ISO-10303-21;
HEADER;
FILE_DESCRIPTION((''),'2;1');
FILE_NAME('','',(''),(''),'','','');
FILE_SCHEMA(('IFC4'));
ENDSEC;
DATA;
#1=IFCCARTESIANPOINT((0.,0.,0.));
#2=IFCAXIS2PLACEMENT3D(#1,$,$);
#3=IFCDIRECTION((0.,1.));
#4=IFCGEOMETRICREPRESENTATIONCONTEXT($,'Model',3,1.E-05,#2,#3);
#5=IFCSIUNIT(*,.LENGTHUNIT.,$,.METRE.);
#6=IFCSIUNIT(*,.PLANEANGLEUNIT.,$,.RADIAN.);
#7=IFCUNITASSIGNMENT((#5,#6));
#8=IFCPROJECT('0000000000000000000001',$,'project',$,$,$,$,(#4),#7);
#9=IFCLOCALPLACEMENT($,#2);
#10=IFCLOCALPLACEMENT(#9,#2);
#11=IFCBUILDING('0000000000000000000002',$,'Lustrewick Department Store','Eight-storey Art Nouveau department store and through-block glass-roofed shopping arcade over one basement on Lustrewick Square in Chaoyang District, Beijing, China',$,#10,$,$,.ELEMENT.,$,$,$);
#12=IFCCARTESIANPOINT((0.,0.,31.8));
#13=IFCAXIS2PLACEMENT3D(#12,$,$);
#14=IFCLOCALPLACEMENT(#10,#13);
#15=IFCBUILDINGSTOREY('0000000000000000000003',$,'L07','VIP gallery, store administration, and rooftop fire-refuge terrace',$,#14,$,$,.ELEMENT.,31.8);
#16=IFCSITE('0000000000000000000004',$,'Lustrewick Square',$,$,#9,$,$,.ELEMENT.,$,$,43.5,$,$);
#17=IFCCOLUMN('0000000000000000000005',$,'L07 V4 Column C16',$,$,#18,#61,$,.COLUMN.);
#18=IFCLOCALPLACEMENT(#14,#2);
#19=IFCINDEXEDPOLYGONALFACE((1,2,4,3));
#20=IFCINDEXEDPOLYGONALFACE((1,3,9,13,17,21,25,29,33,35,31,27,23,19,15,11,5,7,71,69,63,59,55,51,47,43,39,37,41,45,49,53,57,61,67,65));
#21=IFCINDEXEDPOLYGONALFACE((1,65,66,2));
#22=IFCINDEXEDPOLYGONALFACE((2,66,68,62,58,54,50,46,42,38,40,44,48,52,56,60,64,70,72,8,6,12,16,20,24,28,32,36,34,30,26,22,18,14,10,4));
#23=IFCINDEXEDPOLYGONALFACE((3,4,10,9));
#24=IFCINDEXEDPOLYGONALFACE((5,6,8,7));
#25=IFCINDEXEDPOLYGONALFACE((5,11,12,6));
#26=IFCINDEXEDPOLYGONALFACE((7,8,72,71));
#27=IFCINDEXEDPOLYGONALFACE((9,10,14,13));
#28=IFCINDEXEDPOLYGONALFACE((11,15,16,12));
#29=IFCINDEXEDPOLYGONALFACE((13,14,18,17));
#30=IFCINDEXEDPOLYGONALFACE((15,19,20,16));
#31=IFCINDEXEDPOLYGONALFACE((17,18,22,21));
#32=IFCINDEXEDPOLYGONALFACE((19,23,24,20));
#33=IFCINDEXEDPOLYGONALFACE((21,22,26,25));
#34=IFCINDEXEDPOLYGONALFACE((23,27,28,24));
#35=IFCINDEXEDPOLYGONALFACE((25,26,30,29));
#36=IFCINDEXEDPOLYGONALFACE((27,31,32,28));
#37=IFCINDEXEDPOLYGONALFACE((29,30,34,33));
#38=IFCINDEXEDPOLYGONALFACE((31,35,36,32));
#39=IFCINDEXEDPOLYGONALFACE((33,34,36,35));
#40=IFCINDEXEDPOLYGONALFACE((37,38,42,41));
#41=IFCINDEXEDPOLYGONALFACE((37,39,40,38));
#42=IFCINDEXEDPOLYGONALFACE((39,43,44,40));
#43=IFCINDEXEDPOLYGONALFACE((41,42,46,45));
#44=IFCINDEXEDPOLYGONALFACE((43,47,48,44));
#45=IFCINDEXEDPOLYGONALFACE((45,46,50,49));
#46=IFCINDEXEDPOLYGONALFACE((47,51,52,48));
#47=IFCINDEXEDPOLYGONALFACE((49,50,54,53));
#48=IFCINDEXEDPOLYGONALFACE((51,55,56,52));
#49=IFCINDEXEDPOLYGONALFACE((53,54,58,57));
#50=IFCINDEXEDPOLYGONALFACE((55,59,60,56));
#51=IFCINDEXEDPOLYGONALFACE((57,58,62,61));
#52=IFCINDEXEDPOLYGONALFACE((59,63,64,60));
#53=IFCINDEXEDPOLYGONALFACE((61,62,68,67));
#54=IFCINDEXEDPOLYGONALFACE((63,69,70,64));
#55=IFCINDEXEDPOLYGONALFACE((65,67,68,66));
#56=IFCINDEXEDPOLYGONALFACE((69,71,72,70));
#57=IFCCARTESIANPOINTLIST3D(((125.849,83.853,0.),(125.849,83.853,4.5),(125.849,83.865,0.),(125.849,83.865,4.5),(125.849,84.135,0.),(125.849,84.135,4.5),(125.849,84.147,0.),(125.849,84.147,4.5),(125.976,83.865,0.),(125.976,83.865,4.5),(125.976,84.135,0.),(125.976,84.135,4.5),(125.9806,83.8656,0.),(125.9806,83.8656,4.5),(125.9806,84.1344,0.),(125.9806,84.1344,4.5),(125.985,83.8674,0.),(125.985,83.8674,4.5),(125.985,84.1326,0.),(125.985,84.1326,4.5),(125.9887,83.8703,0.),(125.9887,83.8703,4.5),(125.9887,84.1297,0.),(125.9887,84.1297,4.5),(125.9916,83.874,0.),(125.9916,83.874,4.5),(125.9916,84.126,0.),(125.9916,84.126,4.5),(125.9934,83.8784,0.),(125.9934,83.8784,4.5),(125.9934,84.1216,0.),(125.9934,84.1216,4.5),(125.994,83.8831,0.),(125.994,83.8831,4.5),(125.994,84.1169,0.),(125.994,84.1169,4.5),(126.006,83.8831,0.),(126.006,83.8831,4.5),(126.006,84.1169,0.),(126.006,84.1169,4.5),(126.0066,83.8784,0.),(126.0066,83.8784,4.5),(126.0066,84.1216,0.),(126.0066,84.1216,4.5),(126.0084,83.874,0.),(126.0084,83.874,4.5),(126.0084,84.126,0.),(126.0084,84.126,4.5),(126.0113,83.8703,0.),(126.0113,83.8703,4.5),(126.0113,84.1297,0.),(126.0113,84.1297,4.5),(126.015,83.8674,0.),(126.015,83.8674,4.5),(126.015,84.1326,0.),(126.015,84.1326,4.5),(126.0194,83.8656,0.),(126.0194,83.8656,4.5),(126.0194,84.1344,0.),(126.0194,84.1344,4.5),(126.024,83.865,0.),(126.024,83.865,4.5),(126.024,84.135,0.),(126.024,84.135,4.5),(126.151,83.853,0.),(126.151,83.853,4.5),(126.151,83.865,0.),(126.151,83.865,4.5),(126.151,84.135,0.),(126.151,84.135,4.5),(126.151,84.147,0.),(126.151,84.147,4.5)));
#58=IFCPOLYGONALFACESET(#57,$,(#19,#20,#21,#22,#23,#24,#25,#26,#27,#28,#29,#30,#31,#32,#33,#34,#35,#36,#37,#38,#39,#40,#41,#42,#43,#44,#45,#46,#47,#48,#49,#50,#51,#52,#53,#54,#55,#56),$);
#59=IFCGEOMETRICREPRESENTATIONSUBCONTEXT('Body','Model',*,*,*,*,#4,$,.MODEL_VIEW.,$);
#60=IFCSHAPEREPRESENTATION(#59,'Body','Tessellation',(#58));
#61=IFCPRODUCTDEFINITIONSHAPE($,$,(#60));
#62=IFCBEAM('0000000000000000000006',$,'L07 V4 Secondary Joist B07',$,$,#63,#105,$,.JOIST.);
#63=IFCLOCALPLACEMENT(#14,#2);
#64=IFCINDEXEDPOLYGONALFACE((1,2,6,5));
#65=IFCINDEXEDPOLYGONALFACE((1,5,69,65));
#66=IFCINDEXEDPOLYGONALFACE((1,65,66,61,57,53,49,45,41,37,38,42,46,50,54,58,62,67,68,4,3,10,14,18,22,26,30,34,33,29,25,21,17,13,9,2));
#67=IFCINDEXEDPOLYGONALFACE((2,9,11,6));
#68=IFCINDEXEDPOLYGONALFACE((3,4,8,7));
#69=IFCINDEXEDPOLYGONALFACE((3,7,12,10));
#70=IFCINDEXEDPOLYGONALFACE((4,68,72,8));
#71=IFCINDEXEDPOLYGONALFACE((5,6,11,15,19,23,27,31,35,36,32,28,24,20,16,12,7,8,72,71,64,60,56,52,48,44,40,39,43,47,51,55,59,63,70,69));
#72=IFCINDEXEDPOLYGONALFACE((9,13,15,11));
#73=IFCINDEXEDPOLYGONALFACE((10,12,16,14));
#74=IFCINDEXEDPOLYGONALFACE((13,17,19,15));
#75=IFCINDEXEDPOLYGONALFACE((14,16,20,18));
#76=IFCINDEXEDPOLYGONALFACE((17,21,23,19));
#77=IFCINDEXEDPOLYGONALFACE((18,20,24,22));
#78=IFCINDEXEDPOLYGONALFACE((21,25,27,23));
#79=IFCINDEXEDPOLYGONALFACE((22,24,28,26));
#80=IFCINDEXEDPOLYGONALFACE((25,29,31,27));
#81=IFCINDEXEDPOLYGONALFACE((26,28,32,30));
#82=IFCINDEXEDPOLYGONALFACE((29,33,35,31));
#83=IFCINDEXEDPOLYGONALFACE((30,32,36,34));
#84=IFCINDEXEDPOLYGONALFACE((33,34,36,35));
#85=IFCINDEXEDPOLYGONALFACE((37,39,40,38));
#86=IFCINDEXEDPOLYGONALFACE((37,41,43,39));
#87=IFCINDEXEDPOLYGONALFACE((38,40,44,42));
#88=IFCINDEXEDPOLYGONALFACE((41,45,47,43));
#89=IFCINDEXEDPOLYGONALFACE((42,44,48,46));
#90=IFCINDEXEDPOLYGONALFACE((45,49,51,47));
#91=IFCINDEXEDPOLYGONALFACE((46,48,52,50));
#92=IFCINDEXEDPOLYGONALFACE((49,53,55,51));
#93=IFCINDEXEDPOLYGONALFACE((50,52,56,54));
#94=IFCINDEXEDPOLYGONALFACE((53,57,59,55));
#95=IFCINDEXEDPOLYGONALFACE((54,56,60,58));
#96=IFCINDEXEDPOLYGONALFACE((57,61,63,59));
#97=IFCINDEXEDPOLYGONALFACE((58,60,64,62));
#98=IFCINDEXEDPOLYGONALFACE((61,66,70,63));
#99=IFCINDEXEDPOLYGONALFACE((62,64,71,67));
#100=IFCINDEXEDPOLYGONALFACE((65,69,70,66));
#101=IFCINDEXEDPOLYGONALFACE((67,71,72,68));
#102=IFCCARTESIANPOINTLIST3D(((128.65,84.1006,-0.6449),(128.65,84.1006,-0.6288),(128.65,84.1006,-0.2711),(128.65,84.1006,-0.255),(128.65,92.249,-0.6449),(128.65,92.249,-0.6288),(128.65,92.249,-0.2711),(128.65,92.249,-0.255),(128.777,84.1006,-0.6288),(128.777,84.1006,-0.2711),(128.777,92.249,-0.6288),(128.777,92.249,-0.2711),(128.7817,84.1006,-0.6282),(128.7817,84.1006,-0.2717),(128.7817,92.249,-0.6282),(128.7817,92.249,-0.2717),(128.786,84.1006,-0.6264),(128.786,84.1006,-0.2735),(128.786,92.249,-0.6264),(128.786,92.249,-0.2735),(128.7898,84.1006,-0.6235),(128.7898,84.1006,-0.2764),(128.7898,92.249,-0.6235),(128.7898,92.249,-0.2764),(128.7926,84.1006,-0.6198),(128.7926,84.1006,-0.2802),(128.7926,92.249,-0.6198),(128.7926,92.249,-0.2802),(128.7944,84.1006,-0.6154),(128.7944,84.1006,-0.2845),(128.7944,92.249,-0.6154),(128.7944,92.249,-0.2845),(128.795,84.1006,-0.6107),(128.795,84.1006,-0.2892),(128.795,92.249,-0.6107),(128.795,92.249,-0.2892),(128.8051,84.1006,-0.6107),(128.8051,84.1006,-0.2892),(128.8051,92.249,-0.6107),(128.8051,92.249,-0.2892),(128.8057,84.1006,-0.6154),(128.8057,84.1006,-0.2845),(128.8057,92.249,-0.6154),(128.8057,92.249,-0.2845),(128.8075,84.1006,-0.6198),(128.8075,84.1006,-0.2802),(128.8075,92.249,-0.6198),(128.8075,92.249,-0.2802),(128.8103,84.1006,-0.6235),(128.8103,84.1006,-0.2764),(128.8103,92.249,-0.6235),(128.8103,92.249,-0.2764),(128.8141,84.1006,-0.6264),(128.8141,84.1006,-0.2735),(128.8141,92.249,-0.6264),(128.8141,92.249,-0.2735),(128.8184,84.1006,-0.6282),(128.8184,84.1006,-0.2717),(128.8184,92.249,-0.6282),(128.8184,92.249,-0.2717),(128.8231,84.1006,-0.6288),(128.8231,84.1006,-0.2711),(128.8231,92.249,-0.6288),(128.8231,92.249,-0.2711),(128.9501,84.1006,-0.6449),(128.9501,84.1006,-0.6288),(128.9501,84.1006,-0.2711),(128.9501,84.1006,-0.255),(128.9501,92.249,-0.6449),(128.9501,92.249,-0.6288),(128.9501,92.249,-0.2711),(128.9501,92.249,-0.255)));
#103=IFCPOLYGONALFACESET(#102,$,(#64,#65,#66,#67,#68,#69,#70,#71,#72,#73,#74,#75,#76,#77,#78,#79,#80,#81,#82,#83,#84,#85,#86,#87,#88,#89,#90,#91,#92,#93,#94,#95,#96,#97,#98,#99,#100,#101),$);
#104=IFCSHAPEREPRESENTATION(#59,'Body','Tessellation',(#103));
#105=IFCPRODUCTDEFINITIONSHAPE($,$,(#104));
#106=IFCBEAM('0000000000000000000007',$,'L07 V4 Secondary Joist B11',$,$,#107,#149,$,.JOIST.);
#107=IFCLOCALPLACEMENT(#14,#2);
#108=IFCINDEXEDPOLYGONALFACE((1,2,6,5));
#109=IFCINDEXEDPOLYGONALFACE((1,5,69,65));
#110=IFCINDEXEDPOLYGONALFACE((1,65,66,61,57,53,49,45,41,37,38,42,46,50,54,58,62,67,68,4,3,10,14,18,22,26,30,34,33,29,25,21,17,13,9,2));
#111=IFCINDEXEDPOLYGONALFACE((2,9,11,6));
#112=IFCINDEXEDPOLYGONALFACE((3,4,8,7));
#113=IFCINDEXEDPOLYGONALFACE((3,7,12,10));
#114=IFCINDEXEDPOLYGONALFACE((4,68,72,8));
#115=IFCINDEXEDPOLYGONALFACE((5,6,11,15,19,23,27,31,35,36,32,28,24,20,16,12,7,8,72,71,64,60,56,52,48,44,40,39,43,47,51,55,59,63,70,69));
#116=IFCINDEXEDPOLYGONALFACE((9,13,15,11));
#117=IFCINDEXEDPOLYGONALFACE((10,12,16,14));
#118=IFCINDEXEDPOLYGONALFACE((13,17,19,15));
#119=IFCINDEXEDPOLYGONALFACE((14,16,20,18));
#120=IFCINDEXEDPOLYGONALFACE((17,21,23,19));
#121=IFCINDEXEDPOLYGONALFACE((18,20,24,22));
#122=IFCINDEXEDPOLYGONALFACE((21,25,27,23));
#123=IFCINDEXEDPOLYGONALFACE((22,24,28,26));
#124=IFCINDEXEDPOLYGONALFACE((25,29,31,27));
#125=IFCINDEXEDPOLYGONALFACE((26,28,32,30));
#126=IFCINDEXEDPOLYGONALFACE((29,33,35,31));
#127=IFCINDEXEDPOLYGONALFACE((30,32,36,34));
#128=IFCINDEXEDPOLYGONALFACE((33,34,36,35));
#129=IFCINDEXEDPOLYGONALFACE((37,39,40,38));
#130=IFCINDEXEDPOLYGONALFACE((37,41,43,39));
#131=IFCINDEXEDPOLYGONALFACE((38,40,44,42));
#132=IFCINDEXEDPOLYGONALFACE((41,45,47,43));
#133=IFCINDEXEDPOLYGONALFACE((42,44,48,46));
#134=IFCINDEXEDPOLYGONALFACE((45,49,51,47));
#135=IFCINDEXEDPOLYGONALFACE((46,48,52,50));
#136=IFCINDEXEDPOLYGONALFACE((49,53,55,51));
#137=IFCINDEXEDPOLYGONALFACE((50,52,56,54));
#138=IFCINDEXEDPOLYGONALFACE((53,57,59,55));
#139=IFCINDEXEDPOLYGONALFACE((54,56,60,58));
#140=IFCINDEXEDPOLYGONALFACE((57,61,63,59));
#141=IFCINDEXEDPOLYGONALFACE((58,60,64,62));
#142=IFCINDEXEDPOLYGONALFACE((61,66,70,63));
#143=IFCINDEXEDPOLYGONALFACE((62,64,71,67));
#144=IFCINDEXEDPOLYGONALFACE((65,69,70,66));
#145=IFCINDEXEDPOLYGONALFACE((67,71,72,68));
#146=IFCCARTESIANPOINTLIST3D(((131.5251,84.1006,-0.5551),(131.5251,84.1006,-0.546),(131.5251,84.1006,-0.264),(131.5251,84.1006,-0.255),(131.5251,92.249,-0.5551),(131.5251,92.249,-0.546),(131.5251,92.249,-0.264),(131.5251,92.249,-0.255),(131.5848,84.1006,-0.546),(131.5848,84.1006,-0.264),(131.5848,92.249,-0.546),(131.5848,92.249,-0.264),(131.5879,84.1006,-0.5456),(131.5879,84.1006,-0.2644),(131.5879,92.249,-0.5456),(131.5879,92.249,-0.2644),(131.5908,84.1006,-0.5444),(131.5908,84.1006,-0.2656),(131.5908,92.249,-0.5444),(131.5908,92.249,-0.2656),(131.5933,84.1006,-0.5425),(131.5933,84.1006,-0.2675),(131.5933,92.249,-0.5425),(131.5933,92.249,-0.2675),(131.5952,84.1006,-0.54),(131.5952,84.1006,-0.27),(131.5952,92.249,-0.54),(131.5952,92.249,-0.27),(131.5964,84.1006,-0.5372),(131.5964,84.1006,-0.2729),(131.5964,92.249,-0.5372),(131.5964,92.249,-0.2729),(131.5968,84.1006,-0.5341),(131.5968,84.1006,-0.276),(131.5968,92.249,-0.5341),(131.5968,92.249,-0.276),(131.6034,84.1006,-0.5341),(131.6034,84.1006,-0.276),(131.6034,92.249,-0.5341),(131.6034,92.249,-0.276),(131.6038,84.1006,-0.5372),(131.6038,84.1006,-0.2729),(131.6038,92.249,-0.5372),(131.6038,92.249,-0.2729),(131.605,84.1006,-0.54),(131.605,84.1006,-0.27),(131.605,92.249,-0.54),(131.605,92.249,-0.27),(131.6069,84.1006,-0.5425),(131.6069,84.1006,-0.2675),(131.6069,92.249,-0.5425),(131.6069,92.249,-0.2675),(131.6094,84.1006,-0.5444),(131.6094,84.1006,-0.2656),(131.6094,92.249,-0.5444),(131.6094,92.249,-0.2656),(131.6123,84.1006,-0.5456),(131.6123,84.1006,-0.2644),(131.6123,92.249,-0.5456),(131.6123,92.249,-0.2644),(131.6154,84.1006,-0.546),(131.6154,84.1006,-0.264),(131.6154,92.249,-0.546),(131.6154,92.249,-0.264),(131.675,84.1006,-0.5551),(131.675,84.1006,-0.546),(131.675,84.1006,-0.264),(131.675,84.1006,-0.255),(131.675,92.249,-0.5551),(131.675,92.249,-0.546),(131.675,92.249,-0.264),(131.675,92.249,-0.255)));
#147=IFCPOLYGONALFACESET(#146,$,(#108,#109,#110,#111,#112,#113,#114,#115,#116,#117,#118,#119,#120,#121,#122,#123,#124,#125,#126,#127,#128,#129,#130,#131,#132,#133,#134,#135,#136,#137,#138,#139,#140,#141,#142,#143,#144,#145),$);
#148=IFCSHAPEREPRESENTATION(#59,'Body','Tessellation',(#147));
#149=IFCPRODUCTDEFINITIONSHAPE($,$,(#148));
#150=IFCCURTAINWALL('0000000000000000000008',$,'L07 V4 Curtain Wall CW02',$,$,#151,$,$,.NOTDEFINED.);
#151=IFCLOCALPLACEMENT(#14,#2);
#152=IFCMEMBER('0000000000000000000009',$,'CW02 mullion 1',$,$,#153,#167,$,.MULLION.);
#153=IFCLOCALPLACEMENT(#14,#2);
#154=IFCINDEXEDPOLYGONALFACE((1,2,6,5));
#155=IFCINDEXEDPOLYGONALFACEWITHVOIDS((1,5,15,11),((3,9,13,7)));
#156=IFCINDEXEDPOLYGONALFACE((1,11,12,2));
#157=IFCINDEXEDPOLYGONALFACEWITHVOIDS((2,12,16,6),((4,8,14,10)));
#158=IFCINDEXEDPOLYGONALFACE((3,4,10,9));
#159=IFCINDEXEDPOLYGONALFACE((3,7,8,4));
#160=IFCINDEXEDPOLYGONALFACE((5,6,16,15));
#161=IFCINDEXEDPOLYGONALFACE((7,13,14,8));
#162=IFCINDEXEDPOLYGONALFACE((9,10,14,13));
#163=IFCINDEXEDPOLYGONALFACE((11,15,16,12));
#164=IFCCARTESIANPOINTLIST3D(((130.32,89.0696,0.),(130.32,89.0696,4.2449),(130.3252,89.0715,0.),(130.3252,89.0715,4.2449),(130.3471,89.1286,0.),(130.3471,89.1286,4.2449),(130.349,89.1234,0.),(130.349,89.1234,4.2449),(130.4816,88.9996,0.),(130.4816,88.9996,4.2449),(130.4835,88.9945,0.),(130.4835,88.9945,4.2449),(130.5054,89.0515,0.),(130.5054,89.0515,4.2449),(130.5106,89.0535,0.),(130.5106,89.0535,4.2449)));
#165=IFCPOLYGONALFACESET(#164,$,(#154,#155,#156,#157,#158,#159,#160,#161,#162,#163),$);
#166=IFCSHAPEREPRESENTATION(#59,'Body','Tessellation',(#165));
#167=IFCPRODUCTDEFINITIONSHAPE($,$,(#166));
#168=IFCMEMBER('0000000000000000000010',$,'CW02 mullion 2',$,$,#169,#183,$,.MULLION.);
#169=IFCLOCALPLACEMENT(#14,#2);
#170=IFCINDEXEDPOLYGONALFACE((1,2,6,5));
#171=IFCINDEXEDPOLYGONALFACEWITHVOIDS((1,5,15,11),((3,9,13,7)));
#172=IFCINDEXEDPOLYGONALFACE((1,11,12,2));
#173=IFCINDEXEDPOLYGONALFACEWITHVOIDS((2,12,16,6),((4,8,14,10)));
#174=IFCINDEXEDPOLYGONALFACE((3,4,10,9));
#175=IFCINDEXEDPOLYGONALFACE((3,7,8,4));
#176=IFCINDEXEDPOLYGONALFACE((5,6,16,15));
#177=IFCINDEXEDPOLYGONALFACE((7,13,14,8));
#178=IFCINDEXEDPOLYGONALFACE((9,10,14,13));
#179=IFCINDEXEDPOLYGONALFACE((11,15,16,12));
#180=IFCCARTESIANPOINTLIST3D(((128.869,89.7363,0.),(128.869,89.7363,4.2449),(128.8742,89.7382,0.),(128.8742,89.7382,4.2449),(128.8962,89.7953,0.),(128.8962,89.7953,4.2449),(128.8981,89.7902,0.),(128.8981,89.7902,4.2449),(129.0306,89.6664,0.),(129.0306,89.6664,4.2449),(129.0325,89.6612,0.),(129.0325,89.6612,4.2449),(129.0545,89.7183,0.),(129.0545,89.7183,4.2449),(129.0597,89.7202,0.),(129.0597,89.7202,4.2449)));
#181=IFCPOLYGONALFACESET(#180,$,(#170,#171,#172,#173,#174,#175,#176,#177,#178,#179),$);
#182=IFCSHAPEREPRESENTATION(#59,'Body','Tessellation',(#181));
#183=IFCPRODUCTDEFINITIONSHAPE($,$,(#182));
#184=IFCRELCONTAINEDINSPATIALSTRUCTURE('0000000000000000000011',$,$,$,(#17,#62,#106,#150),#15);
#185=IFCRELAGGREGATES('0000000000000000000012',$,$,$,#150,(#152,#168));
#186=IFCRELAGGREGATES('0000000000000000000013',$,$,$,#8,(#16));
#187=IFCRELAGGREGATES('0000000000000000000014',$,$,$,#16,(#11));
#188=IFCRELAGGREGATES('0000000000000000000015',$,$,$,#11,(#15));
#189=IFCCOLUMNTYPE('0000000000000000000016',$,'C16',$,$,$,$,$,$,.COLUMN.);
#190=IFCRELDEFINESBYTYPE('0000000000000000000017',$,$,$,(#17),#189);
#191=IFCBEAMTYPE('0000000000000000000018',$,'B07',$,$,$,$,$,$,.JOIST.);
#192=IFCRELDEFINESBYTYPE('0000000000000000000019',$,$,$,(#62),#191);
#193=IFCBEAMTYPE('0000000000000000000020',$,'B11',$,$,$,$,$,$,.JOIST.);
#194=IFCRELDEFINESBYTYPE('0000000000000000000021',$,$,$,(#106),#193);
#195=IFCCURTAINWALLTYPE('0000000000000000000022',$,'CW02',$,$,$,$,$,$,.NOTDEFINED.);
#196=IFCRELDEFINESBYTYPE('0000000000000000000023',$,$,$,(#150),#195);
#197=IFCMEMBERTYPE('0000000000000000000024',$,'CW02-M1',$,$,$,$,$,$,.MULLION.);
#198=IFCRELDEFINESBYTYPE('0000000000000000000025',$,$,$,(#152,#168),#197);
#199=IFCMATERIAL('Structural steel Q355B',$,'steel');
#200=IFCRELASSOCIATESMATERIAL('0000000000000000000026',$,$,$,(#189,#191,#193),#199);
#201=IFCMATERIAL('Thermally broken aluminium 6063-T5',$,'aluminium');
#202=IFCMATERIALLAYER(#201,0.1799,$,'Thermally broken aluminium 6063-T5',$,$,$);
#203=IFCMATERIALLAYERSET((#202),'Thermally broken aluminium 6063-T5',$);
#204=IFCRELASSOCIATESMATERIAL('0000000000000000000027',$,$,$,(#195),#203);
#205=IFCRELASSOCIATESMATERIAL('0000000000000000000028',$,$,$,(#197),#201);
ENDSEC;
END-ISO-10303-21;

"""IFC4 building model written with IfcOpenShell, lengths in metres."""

from ifc_helpers import new_model, si_unit, direction, frame, origin, origin_2d, place, context, subcontext, project, spatial, hollow_rectangle, i_section, extrude, material, layer, layer_set, material_profile, profile_set, type_object, element, aggregate, save


model = new_model("IFC4")

# Units and contexts
model_context = context("Model", 3, precision=1e-05, world=origin(), true_north=direction((0.0, 1.0)))
body_context = subcontext(model_context, "Body", "Model", "MODEL_VIEW")
ifc_project = project(units=[si_unit("LENGTHUNIT", "METRE"), si_unit("PLANEANGLEUNIT", "RADIAN")], contexts=[model_context])

# Site, building, storey
site_placement = place(None, origin())
site = spatial("IfcSite", under=ifc_project, at=site_placement, Name="Lustrewick Square", CompositionType="ELEMENT", RefElevation=43.5)
building_placement = place(site_placement, origin())
building = spatial("IfcBuilding", under=site, at=building_placement, Name="Lustrewick Department Store", Description="Eight-storey Art Nouveau department store and through-block glass-roofed shopping arcade over one basement on Lustrewick Square in Chaoyang District, Beijing, China", CompositionType="ELEMENT")
storey_placement = place(building_placement, frame((0.0, 0.0, 31.8)))
storey = spatial("IfcBuildingStorey", under=building, at=storey_placement, Name="L07", Description="VIP gallery, store administration, and rooftop fire-refuge terrace", CompositionType="ELEMENT", Elevation=31.8)

# Column
ifc_material_1 = material(Name="Structural steel Q355B", Category="steel")
ifc_material_profile_1 = material_profile(ifc_material_1, i_section(OverallWidth=0.302, OverallDepth=0.2939, WebThickness=0.012, FlangeThickness=0.012, FilletRadius=0.0181, at=origin_2d()), Name="HW 294x302x12x12")
ifc_profile_set_1 = profile_set([ifc_material_profile_1], Name="Structural steel Q355B")
column_type = type_object("IfcColumnType", Name="C16", PredefinedType="COLUMN", material=ifc_profile_set_1)
column_placement = place(storey_placement, frame((126.0, 84.0, 0.0), z_axis=(0.0, 0.0, 1.0), x_axis=(1.0, 0.0, 0.0)))
element("IfcColumn", 1, at=column_placement, inside=storey, type_object=column_type, Name="L07 V4 Column C16", PredefinedType="COLUMN", context=body_context, shape_type="SweptSolid", body=[
    extrude(i_section(OverallWidth=0.302, OverallDepth=0.2939, WebThickness=0.012, FlangeThickness=0.012, FilletRadius=0.0181, at=origin_2d()), origin(), (0.0, 0.0, 1.0), 4.5),
])

# Beams
ifc_material_profile_2 = material_profile(ifc_material_1, i_section(OverallWidth=0.3, OverallDepth=0.3899, WebThickness=0.01, FlangeThickness=0.0161, FilletRadius=0.0181, at=origin_2d()), Name="HM 390x300x10x16")
ifc_profile_set_2 = profile_set([ifc_material_profile_2], Name="Structural steel Q355B")
beam_type_1 = type_object("IfcBeamType", Name="B07", PredefinedType="JOIST", material=ifc_profile_set_2)
beam_1_placement = place(storey_placement, frame((128.8, 84.1006, -0.45), z_axis=(0.0, 1.0, 0.0), x_axis=(-1.0, 0.0, 0.0)))
element("IfcBeam", 2, at=beam_1_placement, inside=storey, type_object=beam_type_1, Name="L07 V4 Secondary Joist B07", PredefinedType="JOIST", context=body_context, shape_type="SweptSolid", body=[
    extrude(i_section(OverallWidth=0.3, OverallDepth=0.3899, WebThickness=0.01, FlangeThickness=0.0161, FilletRadius=0.0181, at=origin_2d()), origin(), (0.0, 0.0, 1.0), 8.1484),
])
ifc_material_profile_3 = material_profile(ifc_material_1, i_section(OverallWidth=0.1499, OverallDepth=0.3, WebThickness=0.0066, FlangeThickness=0.009, FilletRadius=0.012, at=origin_2d()), Name="HN 300x150x6.5x9")
ifc_profile_set_3 = profile_set([ifc_material_profile_3], Name="Structural steel Q355B")
beam_type_2 = type_object("IfcBeamType", Name="B11", PredefinedType="JOIST", material=ifc_profile_set_3)
beam_2_placement = place(storey_placement, frame((131.6001, 84.1006, -0.405), z_axis=(0.0, 1.0, 0.0), x_axis=(-1.0, 0.0, 0.0)))
element("IfcBeam", 3, at=beam_2_placement, inside=storey, type_object=beam_type_2, Name="L07 V4 Secondary Joist B11", PredefinedType="JOIST", context=body_context, shape_type="SweptSolid", body=[
    extrude(i_section(OverallWidth=0.1499, OverallDepth=0.3, WebThickness=0.0066, FlangeThickness=0.009, FilletRadius=0.012, at=origin_2d()), origin(), (0.0, 0.0, 1.0), 8.1484),
])

# Curtain wall, members
ifc_material_2 = material(Name="Thermally broken aluminium 6063-T5", Category="aluminium")
ifc_layer_1 = layer(ifc_material_2, 0.1799, Name="Thermally broken aluminium 6063-T5")
ifc_layer_set_1 = layer_set([ifc_layer_1], Name="Thermally broken aluminium 6063-T5")
curtain_wall_type_1 = type_object("IfcCurtainWallType", Name="CW02", PredefinedType="NOTDEFINED", material=ifc_layer_set_1)
curtain_wall_1_placement = place(storey_placement, origin())
curtain_wall_1 = element("IfcCurtainWall", 4, at=curtain_wall_1_placement, inside=storey, type_object=curtain_wall_type_1, Name="L07 V4 Curtain Wall CW02", PredefinedType="NOTDEFINED")
ifc_material_profile_4 = material_profile(ifc_material_2, hollow_rectangle(XDim=0.0649, YDim=0.1799, WallThickness=0.0039, at=origin_2d()), Name="ALU-M 65x180x4")
ifc_profile_set_4 = profile_set([ifc_material_profile_4], Name="Thermally broken aluminium 6063-T5")
member_type_1 = type_object("IfcMemberType", Name="CW02-M1", PredefinedType="MULLION", material=ifc_profile_set_4)
member_1_placement = place(storey_placement, frame((130.4153, 89.0615, 0.0), z_axis=(0.0, 0.0, 1.0), x_axis=(-0.417508, -0.908673, 0.0)))
member_1 = element("IfcMember", 5, at=member_1_placement, type_object=member_type_1, Name="CW02 mullion 1", PredefinedType="MULLION", context=body_context, shape_type="SweptSolid", body=[
    extrude(hollow_rectangle(XDim=0.0649, YDim=0.1799, WallThickness=0.0039, at=origin_2d()), origin(), (0.0, 0.0, 1.0), 4.2449),
])
member_2_placement = place(storey_placement, frame((128.9644, 89.7283, 0.0), z_axis=(0.0, 0.0, 1.0), x_axis=(-0.417508, -0.908673, 0.0)))
member_2 = element("IfcMember", 6, at=member_2_placement, type_object=member_type_1, Name="CW02 mullion 2", PredefinedType="MULLION", context=body_context, shape_type="SweptSolid", body=[
    extrude(hollow_rectangle(XDim=0.0649, YDim=0.1799, WallThickness=0.0039, at=origin_2d()), origin(), (0.0, 0.0, 1.0), 4.2449),
])

aggregate(curtain_wall_1, [member_1, member_2])

save(model, "model.ifc")
